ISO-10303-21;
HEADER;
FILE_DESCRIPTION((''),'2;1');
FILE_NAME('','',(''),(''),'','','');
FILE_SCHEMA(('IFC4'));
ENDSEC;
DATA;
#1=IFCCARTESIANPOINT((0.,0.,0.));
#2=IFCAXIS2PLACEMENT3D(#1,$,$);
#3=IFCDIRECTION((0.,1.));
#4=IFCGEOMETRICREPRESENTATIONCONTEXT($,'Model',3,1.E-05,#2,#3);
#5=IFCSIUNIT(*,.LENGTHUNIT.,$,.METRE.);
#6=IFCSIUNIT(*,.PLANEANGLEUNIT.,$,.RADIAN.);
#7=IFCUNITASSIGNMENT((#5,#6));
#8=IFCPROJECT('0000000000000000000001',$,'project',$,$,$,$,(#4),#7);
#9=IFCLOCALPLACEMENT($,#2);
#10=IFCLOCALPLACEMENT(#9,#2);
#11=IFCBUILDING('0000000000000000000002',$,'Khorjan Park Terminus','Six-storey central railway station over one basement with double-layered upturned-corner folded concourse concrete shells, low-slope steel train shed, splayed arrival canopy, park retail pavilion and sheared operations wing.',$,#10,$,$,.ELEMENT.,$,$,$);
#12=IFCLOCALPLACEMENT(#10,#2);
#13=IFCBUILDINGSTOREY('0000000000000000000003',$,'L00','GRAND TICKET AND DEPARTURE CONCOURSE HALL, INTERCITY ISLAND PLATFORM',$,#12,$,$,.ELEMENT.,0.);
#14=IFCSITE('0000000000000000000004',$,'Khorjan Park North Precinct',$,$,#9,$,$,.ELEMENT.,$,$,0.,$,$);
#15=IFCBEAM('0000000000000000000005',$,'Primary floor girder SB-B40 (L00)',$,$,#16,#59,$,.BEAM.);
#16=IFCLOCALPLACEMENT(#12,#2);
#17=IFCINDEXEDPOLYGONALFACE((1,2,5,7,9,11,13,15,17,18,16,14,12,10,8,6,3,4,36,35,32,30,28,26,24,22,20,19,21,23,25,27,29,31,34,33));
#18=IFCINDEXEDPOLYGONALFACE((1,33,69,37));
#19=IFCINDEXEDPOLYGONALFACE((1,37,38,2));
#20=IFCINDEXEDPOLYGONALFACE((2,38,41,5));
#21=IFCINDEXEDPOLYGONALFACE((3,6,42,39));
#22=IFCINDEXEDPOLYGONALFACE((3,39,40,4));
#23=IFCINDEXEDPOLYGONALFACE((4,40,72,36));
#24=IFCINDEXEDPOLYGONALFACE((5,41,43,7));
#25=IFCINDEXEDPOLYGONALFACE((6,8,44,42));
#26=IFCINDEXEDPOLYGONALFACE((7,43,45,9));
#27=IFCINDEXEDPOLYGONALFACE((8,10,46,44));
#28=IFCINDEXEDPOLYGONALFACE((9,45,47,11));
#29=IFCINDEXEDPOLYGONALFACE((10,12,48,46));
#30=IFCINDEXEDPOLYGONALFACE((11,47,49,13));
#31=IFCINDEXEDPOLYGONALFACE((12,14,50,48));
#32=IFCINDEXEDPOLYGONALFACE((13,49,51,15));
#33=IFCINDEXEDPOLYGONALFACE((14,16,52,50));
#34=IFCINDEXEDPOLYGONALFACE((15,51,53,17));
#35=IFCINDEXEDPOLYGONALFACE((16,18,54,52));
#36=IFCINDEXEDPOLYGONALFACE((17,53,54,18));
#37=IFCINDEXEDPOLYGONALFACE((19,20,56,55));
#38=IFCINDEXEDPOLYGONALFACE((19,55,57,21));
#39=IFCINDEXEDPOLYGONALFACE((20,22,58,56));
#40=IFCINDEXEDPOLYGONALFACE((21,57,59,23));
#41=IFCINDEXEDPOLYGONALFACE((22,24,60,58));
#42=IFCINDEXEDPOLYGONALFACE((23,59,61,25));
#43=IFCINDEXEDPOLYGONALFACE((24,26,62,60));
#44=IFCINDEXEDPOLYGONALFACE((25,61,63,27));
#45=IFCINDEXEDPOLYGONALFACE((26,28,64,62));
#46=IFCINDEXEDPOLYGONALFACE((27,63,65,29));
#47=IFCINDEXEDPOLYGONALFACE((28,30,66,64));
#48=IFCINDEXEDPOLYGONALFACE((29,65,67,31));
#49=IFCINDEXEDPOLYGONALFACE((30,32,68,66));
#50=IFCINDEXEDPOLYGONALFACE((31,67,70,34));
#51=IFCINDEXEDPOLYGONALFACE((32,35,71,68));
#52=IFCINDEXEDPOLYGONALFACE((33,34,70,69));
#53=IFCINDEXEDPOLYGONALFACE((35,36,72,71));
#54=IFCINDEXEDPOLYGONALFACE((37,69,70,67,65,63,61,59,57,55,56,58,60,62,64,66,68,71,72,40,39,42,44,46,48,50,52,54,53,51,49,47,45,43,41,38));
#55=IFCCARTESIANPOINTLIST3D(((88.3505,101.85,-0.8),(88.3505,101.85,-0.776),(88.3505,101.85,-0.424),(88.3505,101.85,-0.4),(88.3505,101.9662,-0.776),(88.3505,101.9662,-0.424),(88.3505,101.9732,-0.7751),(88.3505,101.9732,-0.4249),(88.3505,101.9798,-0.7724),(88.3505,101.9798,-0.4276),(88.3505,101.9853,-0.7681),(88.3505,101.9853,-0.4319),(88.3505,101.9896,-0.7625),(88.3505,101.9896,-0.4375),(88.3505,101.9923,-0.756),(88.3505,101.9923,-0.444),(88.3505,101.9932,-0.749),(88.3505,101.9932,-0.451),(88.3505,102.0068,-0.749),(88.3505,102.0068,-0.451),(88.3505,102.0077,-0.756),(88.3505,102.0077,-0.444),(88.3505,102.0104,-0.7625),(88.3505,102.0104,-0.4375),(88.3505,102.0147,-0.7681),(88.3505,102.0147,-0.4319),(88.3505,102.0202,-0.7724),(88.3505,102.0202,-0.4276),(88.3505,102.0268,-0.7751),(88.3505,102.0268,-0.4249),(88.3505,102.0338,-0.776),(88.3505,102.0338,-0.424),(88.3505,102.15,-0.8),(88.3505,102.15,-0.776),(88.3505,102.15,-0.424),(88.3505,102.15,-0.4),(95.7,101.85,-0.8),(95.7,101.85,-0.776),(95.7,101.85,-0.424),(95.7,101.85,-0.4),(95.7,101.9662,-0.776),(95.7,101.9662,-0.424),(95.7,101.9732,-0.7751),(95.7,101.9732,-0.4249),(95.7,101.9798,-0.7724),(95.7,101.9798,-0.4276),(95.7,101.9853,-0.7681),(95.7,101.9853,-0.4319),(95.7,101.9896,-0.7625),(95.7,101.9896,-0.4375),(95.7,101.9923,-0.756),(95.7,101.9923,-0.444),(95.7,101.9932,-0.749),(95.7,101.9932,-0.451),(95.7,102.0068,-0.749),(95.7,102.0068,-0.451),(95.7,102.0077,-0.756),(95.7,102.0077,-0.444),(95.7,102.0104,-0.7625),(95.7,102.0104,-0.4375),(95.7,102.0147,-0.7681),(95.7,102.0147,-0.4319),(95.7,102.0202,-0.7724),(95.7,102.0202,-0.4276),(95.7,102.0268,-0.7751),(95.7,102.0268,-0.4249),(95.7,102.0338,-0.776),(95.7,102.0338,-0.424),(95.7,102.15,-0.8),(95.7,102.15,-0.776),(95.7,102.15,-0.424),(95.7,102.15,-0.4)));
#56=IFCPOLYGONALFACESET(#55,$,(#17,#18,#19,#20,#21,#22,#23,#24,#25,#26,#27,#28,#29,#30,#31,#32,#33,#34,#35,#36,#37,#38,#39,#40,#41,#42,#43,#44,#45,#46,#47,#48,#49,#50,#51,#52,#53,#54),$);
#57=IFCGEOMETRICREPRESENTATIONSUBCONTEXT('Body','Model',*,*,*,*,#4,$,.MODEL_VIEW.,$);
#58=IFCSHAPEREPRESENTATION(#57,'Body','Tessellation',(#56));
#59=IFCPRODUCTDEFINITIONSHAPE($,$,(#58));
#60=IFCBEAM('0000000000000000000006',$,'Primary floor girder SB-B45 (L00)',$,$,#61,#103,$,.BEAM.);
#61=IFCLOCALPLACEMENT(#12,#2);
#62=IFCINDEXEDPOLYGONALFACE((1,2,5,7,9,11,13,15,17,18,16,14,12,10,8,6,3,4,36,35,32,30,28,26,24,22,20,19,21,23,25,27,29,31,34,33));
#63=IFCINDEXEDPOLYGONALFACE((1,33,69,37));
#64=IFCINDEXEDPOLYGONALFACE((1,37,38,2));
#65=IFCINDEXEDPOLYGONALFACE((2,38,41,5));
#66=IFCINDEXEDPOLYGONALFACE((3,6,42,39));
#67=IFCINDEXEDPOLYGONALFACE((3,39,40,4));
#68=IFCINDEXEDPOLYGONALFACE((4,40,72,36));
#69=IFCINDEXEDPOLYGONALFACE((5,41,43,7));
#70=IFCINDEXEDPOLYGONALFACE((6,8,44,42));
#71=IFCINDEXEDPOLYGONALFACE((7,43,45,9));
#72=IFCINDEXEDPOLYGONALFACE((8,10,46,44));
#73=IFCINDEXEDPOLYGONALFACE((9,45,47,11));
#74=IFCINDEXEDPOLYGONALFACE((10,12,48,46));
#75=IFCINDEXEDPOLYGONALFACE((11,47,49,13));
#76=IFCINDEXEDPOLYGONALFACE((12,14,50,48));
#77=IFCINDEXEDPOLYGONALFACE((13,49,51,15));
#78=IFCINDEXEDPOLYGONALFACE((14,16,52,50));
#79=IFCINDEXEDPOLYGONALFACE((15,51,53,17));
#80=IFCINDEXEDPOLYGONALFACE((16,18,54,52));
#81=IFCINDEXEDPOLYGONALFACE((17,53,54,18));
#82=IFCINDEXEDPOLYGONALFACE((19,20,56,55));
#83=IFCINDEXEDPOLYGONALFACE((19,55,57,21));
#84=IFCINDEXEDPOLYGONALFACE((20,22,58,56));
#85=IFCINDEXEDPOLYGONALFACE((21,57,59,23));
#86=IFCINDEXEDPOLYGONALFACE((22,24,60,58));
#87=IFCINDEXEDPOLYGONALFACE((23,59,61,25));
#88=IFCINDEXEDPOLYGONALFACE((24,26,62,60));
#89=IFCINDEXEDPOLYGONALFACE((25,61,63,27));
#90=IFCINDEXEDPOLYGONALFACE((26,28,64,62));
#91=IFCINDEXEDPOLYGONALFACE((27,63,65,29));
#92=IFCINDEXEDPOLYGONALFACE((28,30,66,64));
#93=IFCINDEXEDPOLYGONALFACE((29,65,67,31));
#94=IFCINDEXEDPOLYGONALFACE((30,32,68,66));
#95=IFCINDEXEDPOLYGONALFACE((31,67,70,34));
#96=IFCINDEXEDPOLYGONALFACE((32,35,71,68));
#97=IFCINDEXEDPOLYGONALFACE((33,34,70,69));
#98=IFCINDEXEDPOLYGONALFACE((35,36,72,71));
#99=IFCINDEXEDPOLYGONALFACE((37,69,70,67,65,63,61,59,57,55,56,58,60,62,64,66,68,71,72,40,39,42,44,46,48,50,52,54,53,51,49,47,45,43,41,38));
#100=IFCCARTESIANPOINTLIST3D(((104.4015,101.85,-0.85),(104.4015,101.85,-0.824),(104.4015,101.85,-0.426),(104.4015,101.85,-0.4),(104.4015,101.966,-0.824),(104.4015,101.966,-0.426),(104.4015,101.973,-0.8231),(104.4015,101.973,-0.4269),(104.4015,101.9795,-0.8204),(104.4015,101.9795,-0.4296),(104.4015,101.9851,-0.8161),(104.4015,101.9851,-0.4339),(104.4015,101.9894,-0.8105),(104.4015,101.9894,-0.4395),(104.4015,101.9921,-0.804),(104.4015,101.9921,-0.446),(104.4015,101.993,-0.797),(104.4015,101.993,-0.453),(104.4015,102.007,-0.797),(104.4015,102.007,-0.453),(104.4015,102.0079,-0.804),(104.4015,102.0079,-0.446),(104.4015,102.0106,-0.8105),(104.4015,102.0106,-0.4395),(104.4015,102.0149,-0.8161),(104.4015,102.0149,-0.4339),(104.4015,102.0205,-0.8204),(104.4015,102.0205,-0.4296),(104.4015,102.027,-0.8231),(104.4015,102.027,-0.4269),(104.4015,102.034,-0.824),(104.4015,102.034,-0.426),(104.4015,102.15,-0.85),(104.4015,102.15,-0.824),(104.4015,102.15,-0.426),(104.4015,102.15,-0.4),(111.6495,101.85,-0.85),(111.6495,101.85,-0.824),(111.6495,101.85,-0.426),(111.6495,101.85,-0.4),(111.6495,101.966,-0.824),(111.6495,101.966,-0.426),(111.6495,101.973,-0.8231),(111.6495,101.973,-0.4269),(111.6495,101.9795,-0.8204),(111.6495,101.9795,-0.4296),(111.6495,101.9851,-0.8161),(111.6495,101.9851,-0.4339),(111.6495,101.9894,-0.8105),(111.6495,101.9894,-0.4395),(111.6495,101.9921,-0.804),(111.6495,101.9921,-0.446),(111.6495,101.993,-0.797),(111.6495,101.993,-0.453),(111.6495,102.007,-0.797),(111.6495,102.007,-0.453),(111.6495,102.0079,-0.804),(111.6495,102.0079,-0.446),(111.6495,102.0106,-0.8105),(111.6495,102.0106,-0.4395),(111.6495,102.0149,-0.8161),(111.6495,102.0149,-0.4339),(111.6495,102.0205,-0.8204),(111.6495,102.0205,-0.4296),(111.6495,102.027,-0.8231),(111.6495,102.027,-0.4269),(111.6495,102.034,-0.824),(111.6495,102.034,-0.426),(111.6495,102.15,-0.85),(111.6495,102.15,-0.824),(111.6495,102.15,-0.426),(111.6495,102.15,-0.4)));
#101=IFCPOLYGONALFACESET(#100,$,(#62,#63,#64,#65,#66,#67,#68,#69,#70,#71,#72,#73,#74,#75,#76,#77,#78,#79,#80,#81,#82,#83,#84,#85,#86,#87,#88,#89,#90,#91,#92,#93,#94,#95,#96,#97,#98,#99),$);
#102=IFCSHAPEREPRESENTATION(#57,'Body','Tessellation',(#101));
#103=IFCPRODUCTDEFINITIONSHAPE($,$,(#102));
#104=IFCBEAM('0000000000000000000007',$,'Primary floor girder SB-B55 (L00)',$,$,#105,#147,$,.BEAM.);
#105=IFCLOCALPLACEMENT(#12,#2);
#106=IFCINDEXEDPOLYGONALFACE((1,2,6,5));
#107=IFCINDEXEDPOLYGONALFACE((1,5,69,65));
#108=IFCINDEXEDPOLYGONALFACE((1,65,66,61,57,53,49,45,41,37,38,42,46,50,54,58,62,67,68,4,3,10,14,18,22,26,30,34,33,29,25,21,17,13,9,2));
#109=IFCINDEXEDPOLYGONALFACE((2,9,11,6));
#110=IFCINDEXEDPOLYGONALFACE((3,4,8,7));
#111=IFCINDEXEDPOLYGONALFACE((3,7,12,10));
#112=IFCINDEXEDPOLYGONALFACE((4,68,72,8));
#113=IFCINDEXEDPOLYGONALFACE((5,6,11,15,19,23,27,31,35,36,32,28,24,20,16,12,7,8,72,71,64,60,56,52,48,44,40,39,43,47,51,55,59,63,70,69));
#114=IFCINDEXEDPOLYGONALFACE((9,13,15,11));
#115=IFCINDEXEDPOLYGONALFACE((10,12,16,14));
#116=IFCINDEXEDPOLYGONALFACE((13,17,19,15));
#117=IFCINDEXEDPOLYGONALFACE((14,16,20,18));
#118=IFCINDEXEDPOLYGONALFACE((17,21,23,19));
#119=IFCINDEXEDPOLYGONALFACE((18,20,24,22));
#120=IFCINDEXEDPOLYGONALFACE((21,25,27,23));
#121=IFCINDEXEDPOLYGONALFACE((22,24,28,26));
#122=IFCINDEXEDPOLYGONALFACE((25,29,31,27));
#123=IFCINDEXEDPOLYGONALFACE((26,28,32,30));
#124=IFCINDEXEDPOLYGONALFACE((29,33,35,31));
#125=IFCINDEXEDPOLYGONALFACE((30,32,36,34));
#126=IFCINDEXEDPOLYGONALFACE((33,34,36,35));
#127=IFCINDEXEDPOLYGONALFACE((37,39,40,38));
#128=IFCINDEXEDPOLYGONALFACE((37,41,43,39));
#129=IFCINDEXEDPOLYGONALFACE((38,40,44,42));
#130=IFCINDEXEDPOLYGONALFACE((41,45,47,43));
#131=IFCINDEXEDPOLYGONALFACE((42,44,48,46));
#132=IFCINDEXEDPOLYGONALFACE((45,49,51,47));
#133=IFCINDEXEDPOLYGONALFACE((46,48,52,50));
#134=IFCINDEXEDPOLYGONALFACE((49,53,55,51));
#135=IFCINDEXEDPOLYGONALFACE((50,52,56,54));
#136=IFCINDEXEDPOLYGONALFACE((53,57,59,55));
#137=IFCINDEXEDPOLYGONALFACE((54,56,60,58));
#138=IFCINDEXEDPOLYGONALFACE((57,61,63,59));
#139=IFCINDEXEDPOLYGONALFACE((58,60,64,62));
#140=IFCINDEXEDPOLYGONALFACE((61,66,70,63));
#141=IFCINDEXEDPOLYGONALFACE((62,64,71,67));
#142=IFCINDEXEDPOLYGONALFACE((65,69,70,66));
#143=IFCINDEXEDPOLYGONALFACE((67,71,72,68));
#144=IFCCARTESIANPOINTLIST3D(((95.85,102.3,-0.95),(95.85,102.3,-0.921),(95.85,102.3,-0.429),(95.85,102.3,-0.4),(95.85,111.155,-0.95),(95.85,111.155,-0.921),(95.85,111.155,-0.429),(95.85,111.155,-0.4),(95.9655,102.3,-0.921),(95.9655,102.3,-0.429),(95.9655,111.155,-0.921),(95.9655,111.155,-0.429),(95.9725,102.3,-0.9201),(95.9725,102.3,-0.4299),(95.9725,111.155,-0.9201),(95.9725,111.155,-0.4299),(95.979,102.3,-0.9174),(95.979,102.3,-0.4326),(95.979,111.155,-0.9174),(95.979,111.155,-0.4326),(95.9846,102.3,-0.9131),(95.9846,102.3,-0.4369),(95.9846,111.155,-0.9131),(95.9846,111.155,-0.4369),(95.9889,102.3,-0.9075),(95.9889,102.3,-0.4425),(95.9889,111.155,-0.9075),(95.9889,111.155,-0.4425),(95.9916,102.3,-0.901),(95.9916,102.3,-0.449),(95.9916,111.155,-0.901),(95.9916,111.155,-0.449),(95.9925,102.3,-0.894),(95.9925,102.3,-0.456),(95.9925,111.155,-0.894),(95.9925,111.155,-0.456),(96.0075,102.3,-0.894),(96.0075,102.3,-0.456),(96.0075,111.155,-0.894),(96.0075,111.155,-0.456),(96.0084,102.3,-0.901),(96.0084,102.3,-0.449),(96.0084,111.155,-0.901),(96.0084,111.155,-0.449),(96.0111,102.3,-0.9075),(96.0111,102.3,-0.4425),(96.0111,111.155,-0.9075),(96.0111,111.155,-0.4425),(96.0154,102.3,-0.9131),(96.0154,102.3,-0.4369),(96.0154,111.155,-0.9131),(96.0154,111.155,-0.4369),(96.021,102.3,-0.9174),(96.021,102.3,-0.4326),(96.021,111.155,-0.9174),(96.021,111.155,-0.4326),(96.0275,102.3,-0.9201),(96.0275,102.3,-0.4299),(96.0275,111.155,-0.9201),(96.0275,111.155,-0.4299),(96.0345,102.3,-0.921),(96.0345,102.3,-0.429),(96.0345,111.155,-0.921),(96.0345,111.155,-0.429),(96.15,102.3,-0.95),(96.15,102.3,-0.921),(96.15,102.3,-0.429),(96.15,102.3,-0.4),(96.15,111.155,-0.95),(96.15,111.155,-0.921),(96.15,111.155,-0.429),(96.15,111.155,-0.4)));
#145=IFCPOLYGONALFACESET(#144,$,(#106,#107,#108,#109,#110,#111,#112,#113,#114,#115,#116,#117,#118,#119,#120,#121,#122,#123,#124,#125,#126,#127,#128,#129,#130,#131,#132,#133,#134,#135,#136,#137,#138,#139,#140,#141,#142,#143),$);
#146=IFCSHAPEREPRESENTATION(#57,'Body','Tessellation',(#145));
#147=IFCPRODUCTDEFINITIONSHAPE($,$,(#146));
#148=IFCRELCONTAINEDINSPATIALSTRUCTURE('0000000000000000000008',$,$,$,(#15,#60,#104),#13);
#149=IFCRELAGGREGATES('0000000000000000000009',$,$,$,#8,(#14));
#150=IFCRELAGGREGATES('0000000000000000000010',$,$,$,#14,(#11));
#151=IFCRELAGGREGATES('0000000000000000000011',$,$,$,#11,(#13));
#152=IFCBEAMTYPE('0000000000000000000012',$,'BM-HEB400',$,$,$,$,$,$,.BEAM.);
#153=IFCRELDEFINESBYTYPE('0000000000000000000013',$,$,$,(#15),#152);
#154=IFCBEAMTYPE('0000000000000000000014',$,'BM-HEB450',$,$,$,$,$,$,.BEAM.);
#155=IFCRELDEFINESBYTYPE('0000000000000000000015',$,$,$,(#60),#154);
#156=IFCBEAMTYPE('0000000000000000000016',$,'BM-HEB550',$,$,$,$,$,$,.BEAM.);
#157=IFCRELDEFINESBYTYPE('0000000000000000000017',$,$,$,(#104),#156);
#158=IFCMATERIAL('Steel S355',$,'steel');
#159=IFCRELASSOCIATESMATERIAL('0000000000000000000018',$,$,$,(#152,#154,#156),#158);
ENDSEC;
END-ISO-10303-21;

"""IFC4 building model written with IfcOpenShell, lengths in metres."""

from ifc_helpers import new_model, si_unit, direction, frame, origin, origin_2d, place, context, subcontext, project, spatial, i_section, extrude, material, material_profile, profile_set, type_object, element, save


model = new_model("IFC4")

# Units and contexts
model_context = context("Model", 3, precision=1e-05, world=origin(), true_north=direction((0.0, 1.0)))
body_context = subcontext(model_context, "Body", "Model", "MODEL_VIEW")
ifc_project = project(units=[si_unit("LENGTHUNIT", "METRE"), si_unit("PLANEANGLEUNIT", "RADIAN")], contexts=[model_context])

# Site, building, storey
site_placement = place(None, origin())
site = spatial("IfcSite", under=ifc_project, at=site_placement, Name="Khorjan Park North Precinct", CompositionType="ELEMENT", RefElevation=0.0)
building_placement = place(site_placement, origin())
building = spatial("IfcBuilding", under=site, at=building_placement, Name="Khorjan Park Terminus", Description="Six-storey central railway station over one basement with double-layered upturned-corner folded concourse concrete shells, low-slope steel train shed, splayed arrival canopy, park retail pavilion and sheared operations wing.", CompositionType="ELEMENT")
storey_placement = place(building_placement, origin())
storey = spatial("IfcBuildingStorey", under=building, at=storey_placement, Name="L00", Description="GRAND TICKET AND DEPARTURE CONCOURSE HALL, INTERCITY ISLAND PLATFORM", CompositionType="ELEMENT", Elevation=0.0)

# Shared definitions
ifc_material_1 = material(Name="Steel S355", Category="steel")

# Beams
ifc_material_profile_1 = material_profile(ifc_material_1, i_section(OverallWidth=0.3, OverallDepth=0.4, WebThickness=0.0135, FlangeThickness=0.024, FilletRadius=0.027, at=origin_2d()), Name="HEB 400")
ifc_profile_set_1 = profile_set([ifc_material_profile_1], Name="Steel S355")
beam_type_1 = type_object("IfcBeamType", Name="BM-HEB400", PredefinedType="BEAM", material=ifc_profile_set_1)
beam_1_placement = place(storey_placement, frame((88.3505, 102.0, -0.6), z_axis=(1.0, 0.0, 0.0), x_axis=(0.0, 1.0, 0.0)))
element("IfcBeam", 1, at=beam_1_placement, inside=storey, type_object=beam_type_1, Name="Primary floor girder SB-B40 (L00)", PredefinedType="BEAM", context=body_context, shape_type="SweptSolid", body=[
    extrude(i_section(OverallWidth=0.3, OverallDepth=0.4, WebThickness=0.0135, FlangeThickness=0.024, FilletRadius=0.027, at=origin_2d()), origin(), (0.0, 0.0, 1.0), 7.3495),
])
ifc_material_profile_2 = material_profile(ifc_material_1, i_section(OverallWidth=0.3, OverallDepth=0.45, WebThickness=0.014, FlangeThickness=0.026, FilletRadius=0.027, at=origin_2d()), Name="HEB 450")
ifc_profile_set_2 = profile_set([ifc_material_profile_2], Name="Steel S355")
beam_type_2 = type_object("IfcBeamType", Name="BM-HEB450", PredefinedType="BEAM", material=ifc_profile_set_2)
beam_2_placement = place(storey_placement, frame((104.4015, 102.0, -0.625), z_axis=(1.0, 0.0, 0.0), x_axis=(0.0, 1.0, 0.0)))
element("IfcBeam", 2, at=beam_2_placement, inside=storey, type_object=beam_type_2, Name="Primary floor girder SB-B45 (L00)", PredefinedType="BEAM", context=body_context, shape_type="SweptSolid", body=[
    extrude(i_section(OverallWidth=0.3, OverallDepth=0.45, WebThickness=0.014, FlangeThickness=0.026, FilletRadius=0.027, at=origin_2d()), origin(), (0.0, 0.0, 1.0), 7.248),
])
ifc_material_profile_3 = material_profile(ifc_material_1, i_section(OverallWidth=0.3, OverallDepth=0.55, WebThickness=0.015, FlangeThickness=0.029, FilletRadius=0.027, at=origin_2d()), Name="HEB 550")
ifc_profile_set_3 = profile_set([ifc_material_profile_3], Name="Steel S355")
beam_type_3 = type_object("IfcBeamType", Name="BM-HEB550", PredefinedType="BEAM", material=ifc_profile_set_3)
beam_3_placement = place(storey_placement, frame((96.0, 102.3, -0.675), z_axis=(0.0, 1.0, 0.0), x_axis=(-1.0, 0.0, 0.0)))
element("IfcBeam", 3, at=beam_3_placement, inside=storey, type_object=beam_type_3, Name="Primary floor girder SB-B55 (L00)", PredefinedType="BEAM", context=body_context, shape_type="SweptSolid", body=[
    extrude(i_section(OverallWidth=0.3, OverallDepth=0.55, WebThickness=0.015, FlangeThickness=0.029, FilletRadius=0.027, at=origin_2d()), origin(), (0.0, 0.0, 1.0), 8.855),
])

save(model, "model.ifc")
